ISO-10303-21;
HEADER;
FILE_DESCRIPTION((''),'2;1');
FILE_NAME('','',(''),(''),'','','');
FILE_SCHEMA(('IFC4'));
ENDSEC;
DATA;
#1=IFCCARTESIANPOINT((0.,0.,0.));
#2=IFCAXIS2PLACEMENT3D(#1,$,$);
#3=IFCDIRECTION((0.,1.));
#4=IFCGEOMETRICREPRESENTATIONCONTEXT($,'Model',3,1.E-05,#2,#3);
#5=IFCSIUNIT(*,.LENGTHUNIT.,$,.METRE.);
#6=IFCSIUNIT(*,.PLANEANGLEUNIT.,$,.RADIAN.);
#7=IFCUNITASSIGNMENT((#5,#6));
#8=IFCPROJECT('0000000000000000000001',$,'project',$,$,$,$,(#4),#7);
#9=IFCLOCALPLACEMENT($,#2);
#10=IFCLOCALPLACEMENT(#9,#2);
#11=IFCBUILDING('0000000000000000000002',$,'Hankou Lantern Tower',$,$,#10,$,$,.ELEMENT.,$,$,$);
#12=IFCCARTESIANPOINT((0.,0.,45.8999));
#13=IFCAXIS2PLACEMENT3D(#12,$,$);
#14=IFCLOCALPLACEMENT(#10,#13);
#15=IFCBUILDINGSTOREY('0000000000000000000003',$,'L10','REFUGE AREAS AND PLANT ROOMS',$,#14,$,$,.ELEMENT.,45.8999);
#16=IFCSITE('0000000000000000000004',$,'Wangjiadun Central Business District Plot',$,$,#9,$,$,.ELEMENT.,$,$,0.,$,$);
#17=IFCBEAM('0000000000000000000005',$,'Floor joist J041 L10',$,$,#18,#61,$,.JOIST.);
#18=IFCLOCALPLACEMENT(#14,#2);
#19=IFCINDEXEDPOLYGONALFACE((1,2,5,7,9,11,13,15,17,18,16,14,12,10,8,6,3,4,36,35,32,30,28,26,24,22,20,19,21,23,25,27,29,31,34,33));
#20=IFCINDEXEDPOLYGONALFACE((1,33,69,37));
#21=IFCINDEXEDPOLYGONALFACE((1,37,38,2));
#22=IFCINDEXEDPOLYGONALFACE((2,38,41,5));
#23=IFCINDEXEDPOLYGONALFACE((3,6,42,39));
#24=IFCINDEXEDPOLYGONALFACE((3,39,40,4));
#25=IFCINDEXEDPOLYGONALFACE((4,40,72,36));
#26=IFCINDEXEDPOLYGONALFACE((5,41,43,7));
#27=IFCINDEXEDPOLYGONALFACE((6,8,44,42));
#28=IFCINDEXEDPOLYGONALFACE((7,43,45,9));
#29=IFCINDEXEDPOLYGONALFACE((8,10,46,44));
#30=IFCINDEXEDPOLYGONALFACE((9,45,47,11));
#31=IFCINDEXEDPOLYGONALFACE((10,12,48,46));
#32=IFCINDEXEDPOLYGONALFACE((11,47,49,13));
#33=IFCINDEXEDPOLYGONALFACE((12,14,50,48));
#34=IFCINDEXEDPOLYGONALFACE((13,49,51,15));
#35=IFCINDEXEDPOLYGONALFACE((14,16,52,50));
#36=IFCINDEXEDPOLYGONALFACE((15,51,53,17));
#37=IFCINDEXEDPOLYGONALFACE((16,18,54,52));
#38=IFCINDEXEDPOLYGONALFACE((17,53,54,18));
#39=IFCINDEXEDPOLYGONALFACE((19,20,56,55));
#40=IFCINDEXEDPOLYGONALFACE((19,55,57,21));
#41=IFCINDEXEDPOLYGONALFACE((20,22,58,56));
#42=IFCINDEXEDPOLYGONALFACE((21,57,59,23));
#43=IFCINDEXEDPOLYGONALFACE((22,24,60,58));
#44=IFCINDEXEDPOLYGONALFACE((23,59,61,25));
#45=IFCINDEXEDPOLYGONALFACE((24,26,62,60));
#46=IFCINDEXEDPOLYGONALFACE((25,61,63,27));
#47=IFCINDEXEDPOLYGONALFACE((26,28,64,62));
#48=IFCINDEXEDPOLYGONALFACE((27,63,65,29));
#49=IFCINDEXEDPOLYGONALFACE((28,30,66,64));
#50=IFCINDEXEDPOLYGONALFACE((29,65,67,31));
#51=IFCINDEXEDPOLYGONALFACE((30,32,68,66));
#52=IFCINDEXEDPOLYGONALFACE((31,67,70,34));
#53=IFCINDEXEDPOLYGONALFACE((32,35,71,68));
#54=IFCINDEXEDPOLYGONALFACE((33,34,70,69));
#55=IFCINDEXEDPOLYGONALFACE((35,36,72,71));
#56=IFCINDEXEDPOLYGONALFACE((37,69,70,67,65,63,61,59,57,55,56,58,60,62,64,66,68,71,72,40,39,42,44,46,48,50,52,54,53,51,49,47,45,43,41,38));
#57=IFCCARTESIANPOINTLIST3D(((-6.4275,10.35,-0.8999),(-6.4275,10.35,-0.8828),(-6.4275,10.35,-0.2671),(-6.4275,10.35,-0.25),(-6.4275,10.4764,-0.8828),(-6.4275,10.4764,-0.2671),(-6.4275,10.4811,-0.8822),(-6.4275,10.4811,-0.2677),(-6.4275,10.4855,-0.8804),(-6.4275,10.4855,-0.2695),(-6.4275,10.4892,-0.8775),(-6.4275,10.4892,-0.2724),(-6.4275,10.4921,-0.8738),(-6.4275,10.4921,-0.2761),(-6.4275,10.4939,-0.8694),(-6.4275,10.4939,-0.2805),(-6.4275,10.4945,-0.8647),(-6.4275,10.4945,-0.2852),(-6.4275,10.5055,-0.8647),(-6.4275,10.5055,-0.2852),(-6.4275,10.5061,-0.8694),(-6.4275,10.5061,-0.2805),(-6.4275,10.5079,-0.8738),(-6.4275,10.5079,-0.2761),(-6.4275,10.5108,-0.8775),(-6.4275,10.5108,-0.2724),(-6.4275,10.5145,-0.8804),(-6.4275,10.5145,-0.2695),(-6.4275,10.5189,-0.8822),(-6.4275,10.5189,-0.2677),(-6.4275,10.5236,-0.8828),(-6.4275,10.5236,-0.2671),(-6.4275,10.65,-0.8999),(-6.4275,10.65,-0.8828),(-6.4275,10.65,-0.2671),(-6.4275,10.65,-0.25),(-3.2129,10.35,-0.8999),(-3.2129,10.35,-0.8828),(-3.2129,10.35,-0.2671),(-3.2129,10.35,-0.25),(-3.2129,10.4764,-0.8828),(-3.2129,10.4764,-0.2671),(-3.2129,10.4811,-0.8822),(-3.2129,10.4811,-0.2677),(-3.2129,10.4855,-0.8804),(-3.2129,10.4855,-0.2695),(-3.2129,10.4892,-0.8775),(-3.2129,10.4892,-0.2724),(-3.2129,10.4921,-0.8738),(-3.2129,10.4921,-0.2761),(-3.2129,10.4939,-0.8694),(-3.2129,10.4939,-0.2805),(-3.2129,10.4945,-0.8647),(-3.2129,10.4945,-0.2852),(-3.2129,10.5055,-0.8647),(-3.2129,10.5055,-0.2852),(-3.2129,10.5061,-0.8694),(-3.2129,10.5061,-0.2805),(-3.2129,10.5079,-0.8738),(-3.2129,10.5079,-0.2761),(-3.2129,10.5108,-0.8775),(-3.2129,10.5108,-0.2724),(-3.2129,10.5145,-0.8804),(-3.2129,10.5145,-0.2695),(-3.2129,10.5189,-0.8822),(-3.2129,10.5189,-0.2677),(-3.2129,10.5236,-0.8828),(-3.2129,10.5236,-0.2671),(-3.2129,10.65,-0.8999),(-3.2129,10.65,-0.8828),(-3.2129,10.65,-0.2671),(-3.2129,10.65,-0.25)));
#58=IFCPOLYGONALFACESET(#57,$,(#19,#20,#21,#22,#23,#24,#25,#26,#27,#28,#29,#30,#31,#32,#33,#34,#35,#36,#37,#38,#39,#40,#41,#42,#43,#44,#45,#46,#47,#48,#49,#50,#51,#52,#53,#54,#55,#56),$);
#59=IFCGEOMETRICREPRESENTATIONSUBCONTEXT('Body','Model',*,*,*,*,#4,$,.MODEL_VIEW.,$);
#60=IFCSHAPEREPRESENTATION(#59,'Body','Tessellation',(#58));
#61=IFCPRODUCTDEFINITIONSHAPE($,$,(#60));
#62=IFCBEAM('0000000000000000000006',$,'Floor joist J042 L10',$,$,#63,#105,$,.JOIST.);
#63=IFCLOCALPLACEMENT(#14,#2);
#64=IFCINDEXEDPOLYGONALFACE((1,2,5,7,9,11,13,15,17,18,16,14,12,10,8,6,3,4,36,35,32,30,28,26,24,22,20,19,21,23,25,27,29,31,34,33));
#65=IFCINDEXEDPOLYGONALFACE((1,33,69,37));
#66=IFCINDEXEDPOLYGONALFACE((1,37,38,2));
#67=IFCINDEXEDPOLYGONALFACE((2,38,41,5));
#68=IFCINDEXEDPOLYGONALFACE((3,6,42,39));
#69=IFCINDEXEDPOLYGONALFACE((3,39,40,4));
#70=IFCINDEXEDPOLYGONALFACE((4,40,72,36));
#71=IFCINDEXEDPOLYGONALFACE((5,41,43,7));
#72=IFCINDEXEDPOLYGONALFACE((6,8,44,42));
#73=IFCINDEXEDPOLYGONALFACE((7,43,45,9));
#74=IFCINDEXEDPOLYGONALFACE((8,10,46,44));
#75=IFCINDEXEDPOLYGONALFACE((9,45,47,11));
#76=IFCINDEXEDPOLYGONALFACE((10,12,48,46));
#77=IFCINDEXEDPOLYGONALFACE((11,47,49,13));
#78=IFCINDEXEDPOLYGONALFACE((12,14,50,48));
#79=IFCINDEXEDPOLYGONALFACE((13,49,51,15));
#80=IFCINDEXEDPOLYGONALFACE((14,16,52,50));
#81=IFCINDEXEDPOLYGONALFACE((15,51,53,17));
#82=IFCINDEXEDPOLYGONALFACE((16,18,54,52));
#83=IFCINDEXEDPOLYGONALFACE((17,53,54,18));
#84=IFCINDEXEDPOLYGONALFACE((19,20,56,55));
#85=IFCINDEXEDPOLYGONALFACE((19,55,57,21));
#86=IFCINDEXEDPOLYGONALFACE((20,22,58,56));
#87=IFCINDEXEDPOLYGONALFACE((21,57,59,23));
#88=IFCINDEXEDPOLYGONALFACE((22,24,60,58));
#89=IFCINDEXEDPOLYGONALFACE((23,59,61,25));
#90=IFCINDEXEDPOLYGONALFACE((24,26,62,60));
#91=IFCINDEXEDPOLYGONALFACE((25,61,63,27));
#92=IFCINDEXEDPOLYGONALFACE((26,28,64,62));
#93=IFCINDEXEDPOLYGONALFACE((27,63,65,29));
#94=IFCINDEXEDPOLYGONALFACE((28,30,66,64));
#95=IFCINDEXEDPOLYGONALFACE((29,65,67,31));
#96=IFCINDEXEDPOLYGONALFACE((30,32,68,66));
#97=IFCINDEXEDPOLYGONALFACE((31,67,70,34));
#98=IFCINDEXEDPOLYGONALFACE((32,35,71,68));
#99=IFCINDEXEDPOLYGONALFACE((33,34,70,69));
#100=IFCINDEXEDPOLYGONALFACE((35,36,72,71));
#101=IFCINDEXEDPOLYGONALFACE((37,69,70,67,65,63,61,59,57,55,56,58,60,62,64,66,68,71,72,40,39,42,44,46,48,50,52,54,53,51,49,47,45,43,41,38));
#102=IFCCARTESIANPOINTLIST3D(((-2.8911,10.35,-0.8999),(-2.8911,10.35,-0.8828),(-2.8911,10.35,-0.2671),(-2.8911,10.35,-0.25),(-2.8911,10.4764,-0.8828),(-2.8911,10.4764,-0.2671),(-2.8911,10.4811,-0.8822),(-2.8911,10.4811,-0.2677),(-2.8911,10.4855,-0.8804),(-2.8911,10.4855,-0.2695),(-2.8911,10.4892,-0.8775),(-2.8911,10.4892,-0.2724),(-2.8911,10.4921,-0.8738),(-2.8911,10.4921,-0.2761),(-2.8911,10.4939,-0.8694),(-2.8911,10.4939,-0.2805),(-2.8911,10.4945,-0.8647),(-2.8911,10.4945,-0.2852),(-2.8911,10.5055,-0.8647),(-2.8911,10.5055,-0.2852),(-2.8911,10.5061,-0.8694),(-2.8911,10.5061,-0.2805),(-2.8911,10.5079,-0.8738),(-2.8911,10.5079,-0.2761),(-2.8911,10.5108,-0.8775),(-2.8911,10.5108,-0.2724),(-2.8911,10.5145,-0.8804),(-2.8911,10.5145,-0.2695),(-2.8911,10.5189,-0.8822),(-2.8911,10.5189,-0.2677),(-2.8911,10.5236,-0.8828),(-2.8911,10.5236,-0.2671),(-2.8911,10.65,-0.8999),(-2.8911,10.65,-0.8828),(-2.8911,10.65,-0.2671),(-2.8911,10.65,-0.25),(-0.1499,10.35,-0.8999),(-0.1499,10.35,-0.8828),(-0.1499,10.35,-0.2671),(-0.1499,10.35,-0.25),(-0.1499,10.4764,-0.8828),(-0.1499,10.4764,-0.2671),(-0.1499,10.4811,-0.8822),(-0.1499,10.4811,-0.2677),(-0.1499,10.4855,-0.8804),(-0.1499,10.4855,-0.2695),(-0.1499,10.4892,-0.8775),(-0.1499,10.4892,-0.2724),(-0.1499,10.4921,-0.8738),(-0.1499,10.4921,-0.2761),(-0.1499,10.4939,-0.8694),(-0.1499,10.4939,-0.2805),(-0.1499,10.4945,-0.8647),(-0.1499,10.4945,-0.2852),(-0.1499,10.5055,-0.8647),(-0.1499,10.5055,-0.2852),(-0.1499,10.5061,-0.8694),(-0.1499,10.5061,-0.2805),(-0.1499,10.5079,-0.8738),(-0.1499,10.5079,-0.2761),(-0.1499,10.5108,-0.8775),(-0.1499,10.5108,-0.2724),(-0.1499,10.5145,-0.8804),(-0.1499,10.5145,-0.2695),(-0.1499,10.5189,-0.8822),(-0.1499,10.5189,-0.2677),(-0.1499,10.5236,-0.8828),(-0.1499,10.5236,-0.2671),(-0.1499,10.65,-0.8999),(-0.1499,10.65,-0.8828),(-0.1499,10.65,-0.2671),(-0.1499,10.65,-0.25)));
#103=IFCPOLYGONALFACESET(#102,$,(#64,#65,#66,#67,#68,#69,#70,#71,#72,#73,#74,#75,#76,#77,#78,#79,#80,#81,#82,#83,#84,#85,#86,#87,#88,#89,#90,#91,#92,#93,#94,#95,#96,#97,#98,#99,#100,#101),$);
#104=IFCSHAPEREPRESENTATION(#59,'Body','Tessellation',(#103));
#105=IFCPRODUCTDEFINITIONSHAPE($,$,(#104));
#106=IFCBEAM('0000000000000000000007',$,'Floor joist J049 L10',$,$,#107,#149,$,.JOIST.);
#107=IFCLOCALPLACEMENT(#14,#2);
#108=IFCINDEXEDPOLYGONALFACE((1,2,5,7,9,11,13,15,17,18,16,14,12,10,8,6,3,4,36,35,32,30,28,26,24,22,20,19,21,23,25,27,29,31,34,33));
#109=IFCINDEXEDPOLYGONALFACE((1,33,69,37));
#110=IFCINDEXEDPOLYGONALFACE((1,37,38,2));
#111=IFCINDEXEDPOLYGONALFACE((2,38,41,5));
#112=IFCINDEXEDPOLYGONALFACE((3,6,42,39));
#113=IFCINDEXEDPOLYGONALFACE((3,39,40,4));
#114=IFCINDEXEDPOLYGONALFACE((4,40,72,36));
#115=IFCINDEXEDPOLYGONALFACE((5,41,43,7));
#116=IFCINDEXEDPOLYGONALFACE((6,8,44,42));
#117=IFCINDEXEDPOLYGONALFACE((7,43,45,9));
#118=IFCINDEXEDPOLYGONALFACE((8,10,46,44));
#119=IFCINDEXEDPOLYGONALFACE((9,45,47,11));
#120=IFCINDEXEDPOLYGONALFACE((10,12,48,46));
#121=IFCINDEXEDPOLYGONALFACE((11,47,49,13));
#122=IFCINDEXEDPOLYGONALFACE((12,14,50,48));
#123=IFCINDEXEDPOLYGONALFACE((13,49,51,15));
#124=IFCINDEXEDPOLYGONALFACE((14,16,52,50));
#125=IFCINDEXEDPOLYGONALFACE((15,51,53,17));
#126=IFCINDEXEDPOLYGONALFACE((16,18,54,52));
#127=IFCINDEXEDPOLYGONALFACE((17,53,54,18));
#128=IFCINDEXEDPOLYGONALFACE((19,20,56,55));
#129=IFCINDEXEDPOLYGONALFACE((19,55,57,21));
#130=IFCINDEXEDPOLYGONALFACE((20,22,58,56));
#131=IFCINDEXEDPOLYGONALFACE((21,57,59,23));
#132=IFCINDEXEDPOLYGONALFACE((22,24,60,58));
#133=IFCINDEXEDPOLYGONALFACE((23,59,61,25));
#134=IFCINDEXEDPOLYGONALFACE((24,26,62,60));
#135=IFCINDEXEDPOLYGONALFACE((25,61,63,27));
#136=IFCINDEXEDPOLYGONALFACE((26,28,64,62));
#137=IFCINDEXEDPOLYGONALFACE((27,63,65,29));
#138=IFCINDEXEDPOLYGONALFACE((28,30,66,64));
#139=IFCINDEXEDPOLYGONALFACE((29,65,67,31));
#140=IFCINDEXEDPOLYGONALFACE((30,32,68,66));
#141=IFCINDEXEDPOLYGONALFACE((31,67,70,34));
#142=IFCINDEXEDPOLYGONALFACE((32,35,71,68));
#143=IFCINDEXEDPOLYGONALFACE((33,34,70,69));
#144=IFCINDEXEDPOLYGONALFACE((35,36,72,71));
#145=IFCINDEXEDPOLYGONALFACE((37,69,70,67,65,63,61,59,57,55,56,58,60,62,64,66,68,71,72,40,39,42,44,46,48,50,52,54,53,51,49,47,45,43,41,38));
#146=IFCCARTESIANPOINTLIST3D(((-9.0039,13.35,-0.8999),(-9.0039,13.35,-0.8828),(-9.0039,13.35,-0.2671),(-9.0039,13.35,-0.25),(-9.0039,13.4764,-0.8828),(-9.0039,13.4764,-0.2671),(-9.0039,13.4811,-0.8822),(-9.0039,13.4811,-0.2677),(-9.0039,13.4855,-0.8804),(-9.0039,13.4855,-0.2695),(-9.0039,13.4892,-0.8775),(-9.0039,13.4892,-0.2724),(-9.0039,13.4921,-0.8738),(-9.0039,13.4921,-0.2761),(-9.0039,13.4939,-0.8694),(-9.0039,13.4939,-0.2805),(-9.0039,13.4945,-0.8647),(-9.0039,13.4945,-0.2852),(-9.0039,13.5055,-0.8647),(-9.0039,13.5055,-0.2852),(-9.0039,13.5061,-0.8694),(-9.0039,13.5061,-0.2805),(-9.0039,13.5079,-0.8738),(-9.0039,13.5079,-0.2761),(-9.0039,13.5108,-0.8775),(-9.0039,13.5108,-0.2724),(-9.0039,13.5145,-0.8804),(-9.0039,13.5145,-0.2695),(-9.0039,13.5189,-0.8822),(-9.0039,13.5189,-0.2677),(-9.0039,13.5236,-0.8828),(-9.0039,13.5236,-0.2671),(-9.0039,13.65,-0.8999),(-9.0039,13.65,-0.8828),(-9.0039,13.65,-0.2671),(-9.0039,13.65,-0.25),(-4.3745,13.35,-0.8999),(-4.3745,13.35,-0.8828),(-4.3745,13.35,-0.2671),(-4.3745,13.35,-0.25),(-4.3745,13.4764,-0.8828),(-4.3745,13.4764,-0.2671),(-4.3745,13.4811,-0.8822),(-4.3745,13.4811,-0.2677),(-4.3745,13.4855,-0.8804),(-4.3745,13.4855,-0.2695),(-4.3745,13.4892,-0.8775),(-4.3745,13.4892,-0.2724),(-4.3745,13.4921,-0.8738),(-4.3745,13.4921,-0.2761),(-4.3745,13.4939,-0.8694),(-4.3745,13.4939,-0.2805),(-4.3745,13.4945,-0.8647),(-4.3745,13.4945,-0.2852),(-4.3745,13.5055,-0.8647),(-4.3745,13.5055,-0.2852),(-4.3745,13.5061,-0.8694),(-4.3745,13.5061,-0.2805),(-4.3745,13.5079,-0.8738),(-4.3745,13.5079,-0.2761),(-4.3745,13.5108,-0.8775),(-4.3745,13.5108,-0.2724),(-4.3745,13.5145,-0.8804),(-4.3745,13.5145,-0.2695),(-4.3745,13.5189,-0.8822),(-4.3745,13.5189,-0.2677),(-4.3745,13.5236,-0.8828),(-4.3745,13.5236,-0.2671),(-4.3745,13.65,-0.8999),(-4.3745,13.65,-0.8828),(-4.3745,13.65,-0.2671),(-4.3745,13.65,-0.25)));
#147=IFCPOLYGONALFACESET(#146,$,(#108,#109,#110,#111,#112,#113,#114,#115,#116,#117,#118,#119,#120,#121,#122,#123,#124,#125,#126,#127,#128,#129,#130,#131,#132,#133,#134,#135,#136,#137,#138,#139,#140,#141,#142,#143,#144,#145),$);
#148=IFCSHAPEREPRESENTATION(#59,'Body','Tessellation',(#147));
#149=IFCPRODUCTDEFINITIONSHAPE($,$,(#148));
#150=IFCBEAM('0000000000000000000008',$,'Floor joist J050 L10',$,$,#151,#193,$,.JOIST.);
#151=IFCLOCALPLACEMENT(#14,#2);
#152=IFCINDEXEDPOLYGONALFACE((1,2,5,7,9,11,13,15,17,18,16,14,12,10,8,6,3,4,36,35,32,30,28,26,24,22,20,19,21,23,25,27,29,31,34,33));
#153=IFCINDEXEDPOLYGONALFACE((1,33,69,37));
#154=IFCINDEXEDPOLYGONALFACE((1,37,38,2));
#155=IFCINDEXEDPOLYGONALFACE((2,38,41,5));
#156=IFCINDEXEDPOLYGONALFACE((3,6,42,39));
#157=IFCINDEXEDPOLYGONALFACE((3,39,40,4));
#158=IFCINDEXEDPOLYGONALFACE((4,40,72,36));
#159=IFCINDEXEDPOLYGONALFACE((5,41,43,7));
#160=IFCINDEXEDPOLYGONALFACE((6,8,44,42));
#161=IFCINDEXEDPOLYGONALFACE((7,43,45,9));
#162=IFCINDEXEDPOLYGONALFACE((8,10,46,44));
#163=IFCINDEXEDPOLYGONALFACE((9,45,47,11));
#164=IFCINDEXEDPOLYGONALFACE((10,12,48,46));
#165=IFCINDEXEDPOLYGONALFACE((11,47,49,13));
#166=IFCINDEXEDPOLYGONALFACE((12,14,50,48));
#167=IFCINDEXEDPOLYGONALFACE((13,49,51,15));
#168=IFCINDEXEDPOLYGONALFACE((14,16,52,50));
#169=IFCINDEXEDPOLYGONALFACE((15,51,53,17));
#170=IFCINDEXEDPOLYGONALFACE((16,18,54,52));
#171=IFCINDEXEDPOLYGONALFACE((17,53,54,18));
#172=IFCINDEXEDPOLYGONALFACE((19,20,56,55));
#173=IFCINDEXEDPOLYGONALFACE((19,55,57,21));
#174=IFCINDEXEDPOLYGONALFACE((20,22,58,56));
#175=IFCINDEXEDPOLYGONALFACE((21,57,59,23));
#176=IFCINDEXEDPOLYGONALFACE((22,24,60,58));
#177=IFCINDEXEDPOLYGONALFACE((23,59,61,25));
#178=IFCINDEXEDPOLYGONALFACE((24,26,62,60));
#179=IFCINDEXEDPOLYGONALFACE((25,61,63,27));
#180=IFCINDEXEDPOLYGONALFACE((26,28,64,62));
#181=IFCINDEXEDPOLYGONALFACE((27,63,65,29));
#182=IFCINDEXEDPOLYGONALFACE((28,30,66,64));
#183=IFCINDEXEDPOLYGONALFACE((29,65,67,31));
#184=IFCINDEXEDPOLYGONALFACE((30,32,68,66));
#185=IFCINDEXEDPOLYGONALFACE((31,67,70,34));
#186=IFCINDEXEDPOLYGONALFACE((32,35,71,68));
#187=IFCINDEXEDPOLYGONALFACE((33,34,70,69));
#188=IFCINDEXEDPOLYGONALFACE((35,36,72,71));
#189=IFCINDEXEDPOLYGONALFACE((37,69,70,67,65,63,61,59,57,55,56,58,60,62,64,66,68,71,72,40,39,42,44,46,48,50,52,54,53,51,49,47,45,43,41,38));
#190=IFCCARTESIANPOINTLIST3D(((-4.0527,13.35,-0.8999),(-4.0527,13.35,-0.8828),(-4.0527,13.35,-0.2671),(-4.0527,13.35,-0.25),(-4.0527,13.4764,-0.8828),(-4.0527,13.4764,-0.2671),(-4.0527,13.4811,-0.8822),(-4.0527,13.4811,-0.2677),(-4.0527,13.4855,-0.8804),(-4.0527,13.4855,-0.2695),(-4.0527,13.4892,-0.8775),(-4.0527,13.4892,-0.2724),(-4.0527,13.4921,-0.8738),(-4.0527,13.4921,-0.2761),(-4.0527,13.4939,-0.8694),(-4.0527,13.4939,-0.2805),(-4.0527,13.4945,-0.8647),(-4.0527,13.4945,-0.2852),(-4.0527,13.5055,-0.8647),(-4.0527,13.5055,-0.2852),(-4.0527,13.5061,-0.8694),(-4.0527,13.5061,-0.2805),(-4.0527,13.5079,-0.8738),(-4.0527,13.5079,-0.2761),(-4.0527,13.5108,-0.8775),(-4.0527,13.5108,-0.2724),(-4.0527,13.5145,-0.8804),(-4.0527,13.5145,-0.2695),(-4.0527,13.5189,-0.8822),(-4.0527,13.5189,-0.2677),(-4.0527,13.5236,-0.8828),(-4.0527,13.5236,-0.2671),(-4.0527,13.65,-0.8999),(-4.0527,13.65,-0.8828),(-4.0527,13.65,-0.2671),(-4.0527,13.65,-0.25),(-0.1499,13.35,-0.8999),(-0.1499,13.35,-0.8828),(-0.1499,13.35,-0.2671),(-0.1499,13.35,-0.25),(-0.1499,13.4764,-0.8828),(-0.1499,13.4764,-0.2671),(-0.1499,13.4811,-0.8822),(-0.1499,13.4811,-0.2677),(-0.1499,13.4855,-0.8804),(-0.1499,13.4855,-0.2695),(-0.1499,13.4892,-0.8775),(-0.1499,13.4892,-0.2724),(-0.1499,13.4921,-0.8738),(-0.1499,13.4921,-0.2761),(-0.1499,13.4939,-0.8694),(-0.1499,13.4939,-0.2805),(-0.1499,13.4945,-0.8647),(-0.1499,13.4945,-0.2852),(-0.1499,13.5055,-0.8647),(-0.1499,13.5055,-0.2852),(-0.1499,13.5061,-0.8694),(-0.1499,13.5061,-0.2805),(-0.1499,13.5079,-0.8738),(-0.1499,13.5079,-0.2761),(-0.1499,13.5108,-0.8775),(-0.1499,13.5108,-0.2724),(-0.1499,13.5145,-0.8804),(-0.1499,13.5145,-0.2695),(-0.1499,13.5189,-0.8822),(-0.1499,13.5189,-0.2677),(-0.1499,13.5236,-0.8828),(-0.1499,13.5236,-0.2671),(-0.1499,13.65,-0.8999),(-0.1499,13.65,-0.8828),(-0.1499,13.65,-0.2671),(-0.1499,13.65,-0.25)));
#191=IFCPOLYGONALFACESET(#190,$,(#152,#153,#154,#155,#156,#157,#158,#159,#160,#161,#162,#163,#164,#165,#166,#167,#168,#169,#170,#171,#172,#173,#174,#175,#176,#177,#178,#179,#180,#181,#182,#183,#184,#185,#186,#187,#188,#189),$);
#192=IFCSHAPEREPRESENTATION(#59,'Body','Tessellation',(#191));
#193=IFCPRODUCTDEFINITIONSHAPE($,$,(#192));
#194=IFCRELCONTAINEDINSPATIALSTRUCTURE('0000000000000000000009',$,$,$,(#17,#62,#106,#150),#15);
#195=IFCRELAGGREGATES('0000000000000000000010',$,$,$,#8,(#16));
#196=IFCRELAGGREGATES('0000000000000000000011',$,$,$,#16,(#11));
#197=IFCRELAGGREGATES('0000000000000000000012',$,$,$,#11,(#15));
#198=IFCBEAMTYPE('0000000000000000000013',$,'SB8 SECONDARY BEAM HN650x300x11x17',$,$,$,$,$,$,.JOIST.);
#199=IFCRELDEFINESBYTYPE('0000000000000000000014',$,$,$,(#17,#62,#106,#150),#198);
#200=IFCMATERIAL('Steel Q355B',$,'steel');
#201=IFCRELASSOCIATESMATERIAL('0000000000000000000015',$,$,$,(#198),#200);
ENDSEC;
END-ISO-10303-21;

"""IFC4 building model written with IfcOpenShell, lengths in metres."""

from ifc_helpers import new_model, si_unit, direction, frame, origin, origin_2d, place, context, subcontext, project, spatial, i_section, extrude, material, material_profile, profile_set, type_object, element, save


model = new_model("IFC4")

# Units and contexts
model_context = context("Model", 3, precision=1e-05, world=origin(), true_north=direction((0.0, 1.0)))
body_context = subcontext(model_context, "Body", "Model", "MODEL_VIEW")
ifc_project = project(units=[si_unit("LENGTHUNIT", "METRE"), si_unit("PLANEANGLEUNIT", "RADIAN")], contexts=[model_context])

# Site, building, storey
site_placement = place(None, origin())
site = spatial("IfcSite", under=ifc_project, at=site_placement, Name="Wangjiadun Central Business District Plot", CompositionType="ELEMENT", RefElevation=0.0)
building_placement = place(site_placement, origin())
building = spatial("IfcBuilding", under=site, at=building_placement, Name="Hankou Lantern Tower", CompositionType="ELEMENT")
storey_placement = place(building_placement, frame((0.0, 0.0, 45.8999)))
storey = spatial("IfcBuildingStorey", under=building, at=storey_placement, Name="L10", Description="REFUGE AREAS AND PLANT ROOMS", CompositionType="ELEMENT", Elevation=45.8999)

# Beams
ifc_material_1 = material(Name="Steel Q355B", Category="steel")
ifc_material_profile_1 = material_profile(ifc_material_1, i_section(OverallWidth=0.3, OverallDepth=0.6499, WebThickness=0.011, FlangeThickness=0.0171, FilletRadius=0.0181, at=origin_2d()), Name="HN650x300x11x17")
ifc_profile_set_1 = profile_set([ifc_material_profile_1], Name="Steel Q355B")
beam_type_1 = type_object("IfcBeamType", Name="SB8 SECONDARY BEAM HN650x300x11x17", PredefinedType="JOIST", material=ifc_profile_set_1)
beam_1_placement = place(storey_placement, frame((-6.4275, 10.5, -0.575), z_axis=(1.0, 0.0, 0.0), x_axis=(0.0, 1.0, 0.0)))
element("IfcBeam", 1, at=beam_1_placement, inside=storey, type_object=beam_type_1, Name="Floor joist J041 L10", PredefinedType="JOIST", context=body_context, shape_type="SweptSolid", body=[
    extrude(i_section(OverallWidth=0.3, OverallDepth=0.6499, WebThickness=0.011, FlangeThickness=0.0171, FilletRadius=0.0181, at=origin_2d()), origin(), (0.0, 0.0, 1.0), 3.2146),
])
beam_2_placement = place(storey_placement, frame((-2.8911, 10.5, -0.575), z_axis=(1.0, 0.0, 0.0), x_axis=(0.0, 1.0, 0.0)))
element("IfcBeam", 2, at=beam_2_placement, inside=storey, type_object=beam_type_1, Name="Floor joist J042 L10", PredefinedType="JOIST", context=body_context, shape_type="SweptSolid", body=[
    extrude(i_section(OverallWidth=0.3, OverallDepth=0.6499, WebThickness=0.011, FlangeThickness=0.0171, FilletRadius=0.0181, at=origin_2d()), origin(), (0.0, 0.0, 1.0), 2.7412),
])
beam_3_placement = place(storey_placement, frame((-9.0039, 13.5, -0.575), z_axis=(1.0, 0.0, 0.0), x_axis=(0.0, 1.0, 0.0)))
element("IfcBeam", 3, at=beam_3_placement, inside=storey, type_object=beam_type_1, Name="Floor joist J049 L10", PredefinedType="JOIST", context=body_context, shape_type="SweptSolid", body=[
    extrude(i_section(OverallWidth=0.3, OverallDepth=0.6499, WebThickness=0.011, FlangeThickness=0.0171, FilletRadius=0.0181, at=origin_2d()), origin(), (0.0, 0.0, 1.0), 4.6294),
])
beam_4_placement = place(storey_placement, frame((-4.0527, 13.5, -0.575), z_axis=(1.0, 0.0, 0.0), x_axis=(0.0, 1.0, 0.0)))
element("IfcBeam", 4, at=beam_4_placement, inside=storey, type_object=beam_type_1, Name="Floor joist J050 L10", PredefinedType="JOIST", context=body_context, shape_type="SweptSolid", body=[
    extrude(i_section(OverallWidth=0.3, OverallDepth=0.6499, WebThickness=0.011, FlangeThickness=0.0171, FilletRadius=0.0181, at=origin_2d()), origin(), (0.0, 0.0, 1.0), 3.9028),
])

save(model, "model.ifc")
